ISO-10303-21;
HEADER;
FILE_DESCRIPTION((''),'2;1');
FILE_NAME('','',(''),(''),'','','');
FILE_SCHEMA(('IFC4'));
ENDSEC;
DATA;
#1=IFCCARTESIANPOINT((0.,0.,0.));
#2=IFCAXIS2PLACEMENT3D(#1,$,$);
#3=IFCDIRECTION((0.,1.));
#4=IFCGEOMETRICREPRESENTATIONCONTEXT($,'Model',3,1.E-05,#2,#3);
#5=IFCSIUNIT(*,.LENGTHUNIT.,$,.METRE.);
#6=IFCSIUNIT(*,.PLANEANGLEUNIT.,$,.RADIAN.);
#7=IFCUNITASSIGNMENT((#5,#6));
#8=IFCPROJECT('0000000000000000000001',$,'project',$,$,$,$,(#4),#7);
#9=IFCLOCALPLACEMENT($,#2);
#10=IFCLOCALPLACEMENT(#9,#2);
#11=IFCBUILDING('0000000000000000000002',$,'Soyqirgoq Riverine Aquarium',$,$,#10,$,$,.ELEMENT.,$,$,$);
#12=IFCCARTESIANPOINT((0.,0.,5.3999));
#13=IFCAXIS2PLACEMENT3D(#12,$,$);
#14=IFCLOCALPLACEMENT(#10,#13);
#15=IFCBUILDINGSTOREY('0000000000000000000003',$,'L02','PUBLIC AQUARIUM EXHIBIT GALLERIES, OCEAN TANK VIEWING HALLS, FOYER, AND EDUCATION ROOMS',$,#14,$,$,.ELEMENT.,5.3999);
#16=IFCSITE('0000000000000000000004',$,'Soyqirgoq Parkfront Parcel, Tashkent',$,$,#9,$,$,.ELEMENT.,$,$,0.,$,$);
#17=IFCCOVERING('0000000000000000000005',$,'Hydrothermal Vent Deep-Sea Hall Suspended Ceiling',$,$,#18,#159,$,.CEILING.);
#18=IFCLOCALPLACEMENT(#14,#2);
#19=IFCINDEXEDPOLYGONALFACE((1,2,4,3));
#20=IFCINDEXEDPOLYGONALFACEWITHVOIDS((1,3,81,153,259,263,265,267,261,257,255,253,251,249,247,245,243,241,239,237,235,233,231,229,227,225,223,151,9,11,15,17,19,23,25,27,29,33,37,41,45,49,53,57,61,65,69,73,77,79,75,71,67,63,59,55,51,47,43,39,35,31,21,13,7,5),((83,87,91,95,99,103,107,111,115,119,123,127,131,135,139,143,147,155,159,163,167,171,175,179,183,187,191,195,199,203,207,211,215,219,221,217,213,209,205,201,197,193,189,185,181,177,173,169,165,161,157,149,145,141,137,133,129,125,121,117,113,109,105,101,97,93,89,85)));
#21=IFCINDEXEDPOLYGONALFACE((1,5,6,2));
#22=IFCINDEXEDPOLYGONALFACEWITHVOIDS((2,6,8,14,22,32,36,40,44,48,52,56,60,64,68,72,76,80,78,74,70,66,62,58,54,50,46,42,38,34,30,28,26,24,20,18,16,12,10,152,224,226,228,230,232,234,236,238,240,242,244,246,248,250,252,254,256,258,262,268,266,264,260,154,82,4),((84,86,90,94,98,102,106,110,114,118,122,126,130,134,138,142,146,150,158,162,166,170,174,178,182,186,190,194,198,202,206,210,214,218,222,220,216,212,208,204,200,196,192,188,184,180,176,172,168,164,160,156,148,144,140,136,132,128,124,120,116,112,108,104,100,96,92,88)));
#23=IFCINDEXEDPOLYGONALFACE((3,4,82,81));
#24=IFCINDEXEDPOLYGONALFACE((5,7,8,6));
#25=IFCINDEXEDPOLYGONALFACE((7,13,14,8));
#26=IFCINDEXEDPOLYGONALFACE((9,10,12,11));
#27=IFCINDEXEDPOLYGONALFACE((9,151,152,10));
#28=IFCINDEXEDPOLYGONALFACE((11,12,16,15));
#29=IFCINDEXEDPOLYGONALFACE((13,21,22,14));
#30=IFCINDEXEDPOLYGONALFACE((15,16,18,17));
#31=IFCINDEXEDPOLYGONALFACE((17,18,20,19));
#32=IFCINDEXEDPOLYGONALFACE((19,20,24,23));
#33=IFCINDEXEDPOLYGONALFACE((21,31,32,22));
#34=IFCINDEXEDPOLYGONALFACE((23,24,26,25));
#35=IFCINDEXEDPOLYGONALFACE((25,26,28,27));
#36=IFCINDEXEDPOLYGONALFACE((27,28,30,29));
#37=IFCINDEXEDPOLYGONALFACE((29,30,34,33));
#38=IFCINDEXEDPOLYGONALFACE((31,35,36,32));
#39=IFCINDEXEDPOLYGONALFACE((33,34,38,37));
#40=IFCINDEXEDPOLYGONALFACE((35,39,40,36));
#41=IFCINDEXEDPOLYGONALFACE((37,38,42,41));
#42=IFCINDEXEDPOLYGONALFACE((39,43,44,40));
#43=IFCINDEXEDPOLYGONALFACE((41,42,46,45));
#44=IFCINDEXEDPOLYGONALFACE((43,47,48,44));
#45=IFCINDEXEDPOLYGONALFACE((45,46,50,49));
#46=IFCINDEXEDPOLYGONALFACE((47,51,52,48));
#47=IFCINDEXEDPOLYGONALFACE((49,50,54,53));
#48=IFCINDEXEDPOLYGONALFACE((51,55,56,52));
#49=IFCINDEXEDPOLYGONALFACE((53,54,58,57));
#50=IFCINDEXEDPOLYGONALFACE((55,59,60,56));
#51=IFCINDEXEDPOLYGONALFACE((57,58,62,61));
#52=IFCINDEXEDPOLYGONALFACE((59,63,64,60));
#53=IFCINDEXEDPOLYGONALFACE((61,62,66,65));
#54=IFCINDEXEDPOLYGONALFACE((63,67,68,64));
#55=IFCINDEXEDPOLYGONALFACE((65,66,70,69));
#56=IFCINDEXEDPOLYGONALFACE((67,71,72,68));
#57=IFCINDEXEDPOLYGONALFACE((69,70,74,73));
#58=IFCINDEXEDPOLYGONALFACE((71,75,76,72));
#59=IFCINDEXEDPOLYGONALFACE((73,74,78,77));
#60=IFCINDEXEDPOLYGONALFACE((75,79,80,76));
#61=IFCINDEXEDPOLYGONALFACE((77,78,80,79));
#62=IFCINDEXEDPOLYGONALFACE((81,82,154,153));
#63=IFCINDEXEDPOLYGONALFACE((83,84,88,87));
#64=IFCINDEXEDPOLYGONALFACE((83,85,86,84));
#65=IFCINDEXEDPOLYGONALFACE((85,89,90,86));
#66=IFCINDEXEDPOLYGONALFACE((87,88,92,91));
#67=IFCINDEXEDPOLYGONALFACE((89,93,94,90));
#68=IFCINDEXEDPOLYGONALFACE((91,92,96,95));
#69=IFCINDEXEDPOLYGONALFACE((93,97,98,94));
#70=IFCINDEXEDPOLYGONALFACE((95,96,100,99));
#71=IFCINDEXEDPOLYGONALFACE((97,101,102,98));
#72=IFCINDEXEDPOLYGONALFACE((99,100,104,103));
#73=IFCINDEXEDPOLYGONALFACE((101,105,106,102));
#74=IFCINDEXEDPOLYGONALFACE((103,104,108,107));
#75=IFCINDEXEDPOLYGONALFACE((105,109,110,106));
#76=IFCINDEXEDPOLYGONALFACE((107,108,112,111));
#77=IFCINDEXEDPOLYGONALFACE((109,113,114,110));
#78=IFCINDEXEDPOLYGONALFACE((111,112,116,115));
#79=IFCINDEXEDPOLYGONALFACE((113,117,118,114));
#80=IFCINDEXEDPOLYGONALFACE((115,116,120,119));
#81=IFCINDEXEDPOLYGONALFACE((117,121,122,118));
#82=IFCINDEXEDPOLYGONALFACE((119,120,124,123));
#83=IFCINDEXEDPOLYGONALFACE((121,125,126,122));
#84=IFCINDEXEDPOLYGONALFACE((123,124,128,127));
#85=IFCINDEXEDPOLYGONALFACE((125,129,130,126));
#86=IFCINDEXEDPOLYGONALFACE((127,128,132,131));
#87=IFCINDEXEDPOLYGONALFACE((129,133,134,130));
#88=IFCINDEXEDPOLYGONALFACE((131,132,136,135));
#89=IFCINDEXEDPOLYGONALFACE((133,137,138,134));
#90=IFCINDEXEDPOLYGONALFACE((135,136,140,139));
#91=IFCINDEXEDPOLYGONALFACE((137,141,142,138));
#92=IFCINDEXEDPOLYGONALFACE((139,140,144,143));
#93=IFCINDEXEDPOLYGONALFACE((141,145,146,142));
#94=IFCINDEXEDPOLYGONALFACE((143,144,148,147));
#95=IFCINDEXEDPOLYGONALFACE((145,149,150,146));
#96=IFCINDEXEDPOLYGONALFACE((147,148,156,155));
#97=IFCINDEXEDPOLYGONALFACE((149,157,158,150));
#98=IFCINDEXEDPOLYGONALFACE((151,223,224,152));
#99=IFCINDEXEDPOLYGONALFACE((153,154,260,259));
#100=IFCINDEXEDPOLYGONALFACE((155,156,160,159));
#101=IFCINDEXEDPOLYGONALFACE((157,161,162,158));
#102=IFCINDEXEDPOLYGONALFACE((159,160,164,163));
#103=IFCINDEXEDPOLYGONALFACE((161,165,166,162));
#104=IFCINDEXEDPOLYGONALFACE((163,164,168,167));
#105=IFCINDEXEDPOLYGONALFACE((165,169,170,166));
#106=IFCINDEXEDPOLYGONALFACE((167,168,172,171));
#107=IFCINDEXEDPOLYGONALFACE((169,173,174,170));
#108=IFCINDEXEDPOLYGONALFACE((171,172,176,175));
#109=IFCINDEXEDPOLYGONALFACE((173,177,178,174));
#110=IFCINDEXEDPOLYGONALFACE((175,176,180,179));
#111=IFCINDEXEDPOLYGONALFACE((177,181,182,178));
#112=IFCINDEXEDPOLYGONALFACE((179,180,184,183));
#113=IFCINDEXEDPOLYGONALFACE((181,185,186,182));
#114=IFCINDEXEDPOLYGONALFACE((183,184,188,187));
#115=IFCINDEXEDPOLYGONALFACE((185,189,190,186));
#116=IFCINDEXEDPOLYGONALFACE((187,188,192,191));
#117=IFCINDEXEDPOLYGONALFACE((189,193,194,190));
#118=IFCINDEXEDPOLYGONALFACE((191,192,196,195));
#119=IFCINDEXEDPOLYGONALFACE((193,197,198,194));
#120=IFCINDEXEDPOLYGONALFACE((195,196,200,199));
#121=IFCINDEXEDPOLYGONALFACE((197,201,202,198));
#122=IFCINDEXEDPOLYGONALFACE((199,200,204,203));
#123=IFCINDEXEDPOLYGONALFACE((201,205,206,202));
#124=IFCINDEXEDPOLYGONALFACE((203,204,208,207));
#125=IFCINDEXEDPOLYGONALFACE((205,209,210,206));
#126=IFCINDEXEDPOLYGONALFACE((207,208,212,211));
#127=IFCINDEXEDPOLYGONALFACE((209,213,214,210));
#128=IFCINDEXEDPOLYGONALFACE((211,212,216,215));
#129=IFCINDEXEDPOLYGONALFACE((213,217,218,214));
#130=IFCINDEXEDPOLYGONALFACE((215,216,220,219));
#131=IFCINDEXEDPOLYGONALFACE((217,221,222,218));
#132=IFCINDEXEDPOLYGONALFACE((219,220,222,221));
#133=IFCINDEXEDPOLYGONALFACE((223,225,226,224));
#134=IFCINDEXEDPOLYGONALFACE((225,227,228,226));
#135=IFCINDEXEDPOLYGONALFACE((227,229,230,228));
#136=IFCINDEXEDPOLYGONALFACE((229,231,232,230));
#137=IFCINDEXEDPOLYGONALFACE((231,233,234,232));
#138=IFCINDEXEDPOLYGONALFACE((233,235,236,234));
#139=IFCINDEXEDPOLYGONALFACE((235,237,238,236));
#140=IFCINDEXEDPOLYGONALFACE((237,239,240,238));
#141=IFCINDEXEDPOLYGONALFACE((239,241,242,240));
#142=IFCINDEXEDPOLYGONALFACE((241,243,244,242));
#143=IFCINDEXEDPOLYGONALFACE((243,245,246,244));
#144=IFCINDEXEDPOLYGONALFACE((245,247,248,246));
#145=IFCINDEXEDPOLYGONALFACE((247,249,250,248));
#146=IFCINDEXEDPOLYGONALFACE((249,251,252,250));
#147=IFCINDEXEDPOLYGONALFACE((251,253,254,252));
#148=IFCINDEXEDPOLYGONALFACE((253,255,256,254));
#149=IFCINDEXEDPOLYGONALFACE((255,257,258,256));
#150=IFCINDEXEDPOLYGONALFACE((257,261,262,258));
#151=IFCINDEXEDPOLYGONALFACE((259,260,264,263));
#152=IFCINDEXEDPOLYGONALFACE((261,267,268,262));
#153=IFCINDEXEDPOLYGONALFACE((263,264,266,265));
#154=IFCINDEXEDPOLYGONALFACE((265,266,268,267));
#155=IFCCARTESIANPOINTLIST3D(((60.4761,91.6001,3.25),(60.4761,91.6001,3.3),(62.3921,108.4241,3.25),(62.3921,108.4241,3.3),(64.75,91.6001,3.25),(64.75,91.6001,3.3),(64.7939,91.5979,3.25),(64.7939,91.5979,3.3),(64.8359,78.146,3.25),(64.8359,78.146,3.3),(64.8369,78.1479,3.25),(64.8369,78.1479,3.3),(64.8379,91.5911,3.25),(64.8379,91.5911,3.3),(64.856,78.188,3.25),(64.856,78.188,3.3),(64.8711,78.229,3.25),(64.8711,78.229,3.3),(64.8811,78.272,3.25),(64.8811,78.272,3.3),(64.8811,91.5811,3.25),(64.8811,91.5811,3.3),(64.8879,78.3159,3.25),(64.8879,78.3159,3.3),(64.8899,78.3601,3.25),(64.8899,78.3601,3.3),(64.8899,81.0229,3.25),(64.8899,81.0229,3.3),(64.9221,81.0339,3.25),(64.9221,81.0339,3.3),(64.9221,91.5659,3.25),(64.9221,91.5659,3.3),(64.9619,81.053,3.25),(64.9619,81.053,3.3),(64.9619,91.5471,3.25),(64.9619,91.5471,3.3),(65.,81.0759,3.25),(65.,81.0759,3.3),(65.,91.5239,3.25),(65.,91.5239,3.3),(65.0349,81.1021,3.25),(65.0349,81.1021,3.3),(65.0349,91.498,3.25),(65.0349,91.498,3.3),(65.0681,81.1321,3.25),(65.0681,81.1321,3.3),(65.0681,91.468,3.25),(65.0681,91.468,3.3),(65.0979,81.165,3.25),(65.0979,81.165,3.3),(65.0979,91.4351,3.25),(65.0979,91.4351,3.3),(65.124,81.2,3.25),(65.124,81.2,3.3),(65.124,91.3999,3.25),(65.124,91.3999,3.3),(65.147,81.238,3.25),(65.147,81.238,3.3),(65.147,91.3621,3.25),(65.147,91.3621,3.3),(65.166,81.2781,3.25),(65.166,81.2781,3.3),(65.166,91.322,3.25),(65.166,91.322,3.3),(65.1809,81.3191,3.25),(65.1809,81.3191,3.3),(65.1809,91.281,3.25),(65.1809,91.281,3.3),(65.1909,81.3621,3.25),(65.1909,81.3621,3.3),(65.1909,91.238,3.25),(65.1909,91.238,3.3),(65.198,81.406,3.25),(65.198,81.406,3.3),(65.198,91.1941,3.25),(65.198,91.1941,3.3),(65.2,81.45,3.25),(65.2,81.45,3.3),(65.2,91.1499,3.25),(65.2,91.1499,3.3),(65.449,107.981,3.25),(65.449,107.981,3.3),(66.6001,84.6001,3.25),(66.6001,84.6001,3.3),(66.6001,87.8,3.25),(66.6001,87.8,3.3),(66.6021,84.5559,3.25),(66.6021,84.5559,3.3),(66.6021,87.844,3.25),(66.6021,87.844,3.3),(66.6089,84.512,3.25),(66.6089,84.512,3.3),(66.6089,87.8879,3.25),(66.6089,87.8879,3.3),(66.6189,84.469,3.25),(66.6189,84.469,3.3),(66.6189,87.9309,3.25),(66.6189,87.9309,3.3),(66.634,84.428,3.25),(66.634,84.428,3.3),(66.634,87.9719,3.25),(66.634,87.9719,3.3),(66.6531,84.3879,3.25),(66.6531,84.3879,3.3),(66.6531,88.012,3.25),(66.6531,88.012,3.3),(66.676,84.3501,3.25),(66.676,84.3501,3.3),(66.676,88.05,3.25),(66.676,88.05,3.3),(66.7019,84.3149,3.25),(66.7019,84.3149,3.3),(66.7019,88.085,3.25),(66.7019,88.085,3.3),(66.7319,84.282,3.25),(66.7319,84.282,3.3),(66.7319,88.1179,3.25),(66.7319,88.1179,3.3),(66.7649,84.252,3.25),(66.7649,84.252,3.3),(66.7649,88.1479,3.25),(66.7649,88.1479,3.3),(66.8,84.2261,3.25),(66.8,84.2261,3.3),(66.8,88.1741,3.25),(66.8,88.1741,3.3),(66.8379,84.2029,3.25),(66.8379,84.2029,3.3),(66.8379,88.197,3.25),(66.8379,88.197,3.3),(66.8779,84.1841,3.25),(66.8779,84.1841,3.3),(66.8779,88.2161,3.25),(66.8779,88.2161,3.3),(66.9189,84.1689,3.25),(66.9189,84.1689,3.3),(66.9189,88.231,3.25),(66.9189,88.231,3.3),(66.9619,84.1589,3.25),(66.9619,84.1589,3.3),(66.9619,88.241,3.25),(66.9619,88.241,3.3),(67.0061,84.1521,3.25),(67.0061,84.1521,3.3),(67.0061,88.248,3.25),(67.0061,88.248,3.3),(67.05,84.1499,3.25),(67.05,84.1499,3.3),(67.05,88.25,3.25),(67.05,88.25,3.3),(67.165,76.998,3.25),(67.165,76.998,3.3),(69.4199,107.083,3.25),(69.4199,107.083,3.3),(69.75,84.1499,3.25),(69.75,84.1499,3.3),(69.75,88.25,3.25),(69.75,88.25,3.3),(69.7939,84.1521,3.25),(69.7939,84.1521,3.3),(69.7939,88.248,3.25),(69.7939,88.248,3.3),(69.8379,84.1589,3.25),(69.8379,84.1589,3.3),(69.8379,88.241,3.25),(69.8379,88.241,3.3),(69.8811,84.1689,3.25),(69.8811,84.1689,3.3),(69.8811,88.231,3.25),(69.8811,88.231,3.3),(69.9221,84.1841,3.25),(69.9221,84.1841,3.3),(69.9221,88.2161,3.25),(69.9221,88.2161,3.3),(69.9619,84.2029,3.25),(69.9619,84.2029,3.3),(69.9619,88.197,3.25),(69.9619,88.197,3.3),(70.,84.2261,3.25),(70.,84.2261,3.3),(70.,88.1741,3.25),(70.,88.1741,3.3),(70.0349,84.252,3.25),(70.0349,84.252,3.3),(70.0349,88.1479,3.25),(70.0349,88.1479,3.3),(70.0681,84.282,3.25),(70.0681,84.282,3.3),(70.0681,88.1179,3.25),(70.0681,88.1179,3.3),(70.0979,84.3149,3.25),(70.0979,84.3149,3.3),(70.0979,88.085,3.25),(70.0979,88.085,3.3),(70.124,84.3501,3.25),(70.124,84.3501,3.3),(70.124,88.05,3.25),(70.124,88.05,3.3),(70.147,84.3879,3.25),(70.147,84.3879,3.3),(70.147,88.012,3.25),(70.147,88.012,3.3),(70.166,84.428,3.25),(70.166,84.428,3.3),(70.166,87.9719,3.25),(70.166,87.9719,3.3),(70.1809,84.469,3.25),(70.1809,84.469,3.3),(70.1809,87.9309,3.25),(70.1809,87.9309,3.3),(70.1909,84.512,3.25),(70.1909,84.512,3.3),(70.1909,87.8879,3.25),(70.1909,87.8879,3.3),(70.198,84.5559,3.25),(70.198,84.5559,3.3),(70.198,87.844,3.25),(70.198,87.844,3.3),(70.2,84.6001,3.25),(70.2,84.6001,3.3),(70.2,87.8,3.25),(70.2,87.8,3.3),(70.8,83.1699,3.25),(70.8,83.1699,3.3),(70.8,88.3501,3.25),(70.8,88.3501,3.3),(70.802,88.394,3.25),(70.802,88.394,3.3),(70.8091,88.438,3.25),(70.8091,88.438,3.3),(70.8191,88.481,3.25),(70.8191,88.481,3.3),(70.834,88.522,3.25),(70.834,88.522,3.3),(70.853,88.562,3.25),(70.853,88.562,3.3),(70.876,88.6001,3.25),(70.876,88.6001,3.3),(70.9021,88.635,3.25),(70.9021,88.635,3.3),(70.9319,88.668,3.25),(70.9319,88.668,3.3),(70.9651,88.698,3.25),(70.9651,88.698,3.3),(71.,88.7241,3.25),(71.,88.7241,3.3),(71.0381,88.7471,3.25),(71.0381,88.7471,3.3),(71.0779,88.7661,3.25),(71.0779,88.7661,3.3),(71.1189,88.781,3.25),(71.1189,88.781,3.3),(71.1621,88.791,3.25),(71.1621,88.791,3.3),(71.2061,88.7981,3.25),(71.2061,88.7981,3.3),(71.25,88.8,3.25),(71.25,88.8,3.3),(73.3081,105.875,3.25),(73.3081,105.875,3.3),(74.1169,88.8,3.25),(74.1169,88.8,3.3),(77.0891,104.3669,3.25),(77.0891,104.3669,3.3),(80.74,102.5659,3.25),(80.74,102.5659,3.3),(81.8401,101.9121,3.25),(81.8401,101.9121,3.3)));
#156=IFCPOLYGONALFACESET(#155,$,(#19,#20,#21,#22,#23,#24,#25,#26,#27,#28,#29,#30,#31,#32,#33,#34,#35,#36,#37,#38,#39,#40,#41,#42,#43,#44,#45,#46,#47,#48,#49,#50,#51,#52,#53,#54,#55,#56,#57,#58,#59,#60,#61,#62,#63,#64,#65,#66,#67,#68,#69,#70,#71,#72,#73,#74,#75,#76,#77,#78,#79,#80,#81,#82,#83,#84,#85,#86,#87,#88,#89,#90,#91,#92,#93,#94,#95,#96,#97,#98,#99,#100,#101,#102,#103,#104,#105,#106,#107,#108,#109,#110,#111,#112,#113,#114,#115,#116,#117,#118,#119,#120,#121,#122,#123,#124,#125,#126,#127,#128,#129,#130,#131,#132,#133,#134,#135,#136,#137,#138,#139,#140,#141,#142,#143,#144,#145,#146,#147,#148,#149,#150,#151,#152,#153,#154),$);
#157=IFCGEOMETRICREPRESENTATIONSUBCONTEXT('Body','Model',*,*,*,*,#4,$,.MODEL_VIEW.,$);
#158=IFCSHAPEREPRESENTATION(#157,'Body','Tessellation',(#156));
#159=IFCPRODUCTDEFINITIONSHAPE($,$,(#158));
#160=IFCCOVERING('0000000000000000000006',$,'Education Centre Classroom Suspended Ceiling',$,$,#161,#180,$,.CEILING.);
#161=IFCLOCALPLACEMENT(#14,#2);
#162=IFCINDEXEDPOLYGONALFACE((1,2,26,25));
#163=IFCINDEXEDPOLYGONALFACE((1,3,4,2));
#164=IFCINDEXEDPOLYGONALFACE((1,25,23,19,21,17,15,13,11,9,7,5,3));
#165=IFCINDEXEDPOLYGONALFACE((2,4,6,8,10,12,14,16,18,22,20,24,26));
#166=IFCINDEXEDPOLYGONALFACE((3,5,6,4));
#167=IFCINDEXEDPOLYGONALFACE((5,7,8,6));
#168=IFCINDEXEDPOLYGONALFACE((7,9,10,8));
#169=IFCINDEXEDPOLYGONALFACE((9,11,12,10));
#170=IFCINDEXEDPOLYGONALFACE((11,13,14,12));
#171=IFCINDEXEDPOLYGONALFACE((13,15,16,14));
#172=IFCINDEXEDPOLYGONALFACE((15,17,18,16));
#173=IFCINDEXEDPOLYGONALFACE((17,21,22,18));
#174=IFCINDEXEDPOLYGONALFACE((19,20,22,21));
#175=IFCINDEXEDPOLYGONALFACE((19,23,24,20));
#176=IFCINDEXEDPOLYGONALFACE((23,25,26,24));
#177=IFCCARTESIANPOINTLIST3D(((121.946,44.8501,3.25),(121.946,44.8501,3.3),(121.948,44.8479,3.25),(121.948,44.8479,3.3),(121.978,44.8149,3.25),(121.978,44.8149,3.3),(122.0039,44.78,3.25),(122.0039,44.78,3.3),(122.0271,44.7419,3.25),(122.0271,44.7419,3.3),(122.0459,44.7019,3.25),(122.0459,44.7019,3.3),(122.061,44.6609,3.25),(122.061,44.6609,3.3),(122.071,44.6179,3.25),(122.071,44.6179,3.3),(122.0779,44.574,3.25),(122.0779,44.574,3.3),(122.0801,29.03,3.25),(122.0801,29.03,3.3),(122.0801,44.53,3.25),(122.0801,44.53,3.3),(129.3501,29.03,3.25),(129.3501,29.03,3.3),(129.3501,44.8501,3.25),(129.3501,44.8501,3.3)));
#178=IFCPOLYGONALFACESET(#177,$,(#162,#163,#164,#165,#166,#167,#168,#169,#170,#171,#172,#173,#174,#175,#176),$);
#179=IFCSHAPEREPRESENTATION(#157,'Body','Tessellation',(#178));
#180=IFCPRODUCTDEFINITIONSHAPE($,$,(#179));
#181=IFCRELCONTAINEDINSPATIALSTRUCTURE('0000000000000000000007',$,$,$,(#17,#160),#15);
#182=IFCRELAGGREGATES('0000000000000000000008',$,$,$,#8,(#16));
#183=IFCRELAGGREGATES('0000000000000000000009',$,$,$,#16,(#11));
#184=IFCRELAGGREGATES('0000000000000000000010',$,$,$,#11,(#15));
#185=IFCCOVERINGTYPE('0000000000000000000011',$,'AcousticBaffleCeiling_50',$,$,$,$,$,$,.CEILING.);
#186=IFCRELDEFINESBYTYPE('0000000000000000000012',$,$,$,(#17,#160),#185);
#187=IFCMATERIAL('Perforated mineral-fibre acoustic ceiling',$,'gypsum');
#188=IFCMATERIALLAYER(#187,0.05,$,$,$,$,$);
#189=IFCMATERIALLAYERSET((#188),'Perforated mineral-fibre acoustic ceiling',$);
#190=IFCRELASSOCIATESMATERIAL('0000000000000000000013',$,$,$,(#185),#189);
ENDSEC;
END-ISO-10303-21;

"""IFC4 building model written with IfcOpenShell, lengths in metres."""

from ifc_helpers import new_model, si_unit, direction, frame, origin, place, context, subcontext, project, spatial, polyline, outline, extrude, material, layer, layer_set, type_object, element, save


model = new_model("IFC4")

# Units and contexts
model_context = context("Model", 3, precision=1e-05, world=origin(), true_north=direction((0.0, 1.0)))
body_context = subcontext(model_context, "Body", "Model", "MODEL_VIEW")
ifc_project = project(units=[si_unit("LENGTHUNIT", "METRE"), si_unit("PLANEANGLEUNIT", "RADIAN")], contexts=[model_context])

# Site, building, storey
site_placement = place(None, origin())
site = spatial("IfcSite", under=ifc_project, at=site_placement, Name="Soyqirgoq Parkfront Parcel, Tashkent", CompositionType="ELEMENT", RefElevation=0.0)
building_placement = place(site_placement, origin())
building = spatial("IfcBuilding", under=site, at=building_placement, Name="Soyqirgoq Riverine Aquarium", CompositionType="ELEMENT")
storey_placement = place(building_placement, frame((0.0, 0.0, 5.3999)))
storey = spatial("IfcBuildingStorey", under=building, at=storey_placement, Name="L02", Description="PUBLIC AQUARIUM EXHIBIT GALLERIES, OCEAN TANK VIEWING HALLS, FOYER, AND EDUCATION ROOMS", CompositionType="ELEMENT", Elevation=5.3999)

# Coverings
ifc_material_1 = material(Name="Perforated mineral-fibre acoustic ceiling", Category="gypsum")
ifc_layer_1 = layer(ifc_material_1, 0.05)
ifc_layer_set_1 = layer_set([ifc_layer_1], Name="Perforated mineral-fibre acoustic ceiling")
covering_type_1 = type_object("IfcCoveringType", Name="AcousticBaffleCeiling_50", PredefinedType="CEILING", material=ifc_layer_set_1)
covering_1_placement = place(storey_placement, frame((0.0, 0.0, 3.25)))
element("IfcCovering", 1, at=covering_1_placement, inside=storey, type_object=covering_type_1, Name="Hydrothermal Vent Deep-Sea Hall Suspended Ceiling", PredefinedType="CEILING", context=body_context, shape_type="SweptSolid", body=[
    extrude(outline(polyline([(62.3921, 108.4241), (65.449, 107.981), (69.4199, 107.083), (73.3081, 105.875), (77.0891, 104.3669), (80.74, 102.5659), (81.8401, 101.9121), (74.1169, 88.8), (71.25, 88.8), (71.2061, 88.7981), (71.1621, 88.791), (71.1189, 88.781), (71.0779, 88.7661), (71.0381, 88.7471), (71.0, 88.7241), (70.9651, 88.698), (70.9319, 88.668), (70.9021, 88.635), (70.876, 88.6001), (70.853, 88.562), (70.834, 88.522), (70.8191, 88.481), (70.8091, 88.438), (70.802, 88.394), (70.8, 88.3501), (70.8, 83.1699), (67.165, 76.998), (64.8359, 78.146), (64.8369, 78.1479), (64.856, 78.188), (64.8711, 78.229), (64.8811, 78.272), (64.8879, 78.3159), (64.8899, 78.3601), (64.8899, 81.0229), (64.9221, 81.0339), (64.9619, 81.053), (65.0, 81.0759), (65.0349, 81.1021), (65.0681, 81.1321), (65.0979, 81.165), (65.124, 81.2), (65.147, 81.238), (65.166, 81.2781), (65.1809, 81.3191), (65.1909, 81.3621), (65.198, 81.406), (65.2, 81.45), (65.2, 91.1499), (65.198, 91.1941), (65.1909, 91.238), (65.1809, 91.281), (65.166, 91.322), (65.147, 91.3621), (65.124, 91.3999), (65.0979, 91.4351), (65.0681, 91.468), (65.0349, 91.498), (65.0, 91.5239), (64.9619, 91.5471), (64.9221, 91.5659), (64.8811, 91.5811), (64.8379, 91.5911), (64.7939, 91.5979), (64.75, 91.6001), (60.4761, 91.6001), (62.3921, 108.4241)]), holes=[polyline([(66.6001, 87.8), (66.6021, 87.844), (66.6089, 87.8879), (66.6189, 87.9309), (66.634, 87.9719), (66.6531, 88.012), (66.676, 88.05), (66.7019, 88.085), (66.7319, 88.1179), (66.7649, 88.1479), (66.8, 88.1741), (66.8379, 88.197), (66.8779, 88.2161), (66.9189, 88.231), (66.9619, 88.241), (67.0061, 88.248), (67.05, 88.25), (69.75, 88.25), (69.7939, 88.248), (69.8379, 88.241), (69.8811, 88.231), (69.9221, 88.2161), (69.9619, 88.197), (70.0, 88.1741), (70.0349, 88.1479), (70.0681, 88.1179), (70.0979, 88.085), (70.124, 88.05), (70.147, 88.012), (70.166, 87.9719), (70.1809, 87.9309), (70.1909, 87.8879), (70.198, 87.844), (70.2, 87.8), (70.2, 84.6001), (70.198, 84.5559), (70.1909, 84.512), (70.1809, 84.469), (70.166, 84.428), (70.147, 84.3879), (70.124, 84.3501), (70.0979, 84.3149), (70.0681, 84.282), (70.0349, 84.252), (70.0, 84.2261), (69.9619, 84.2029), (69.9221, 84.1841), (69.8811, 84.1689), (69.8379, 84.1589), (69.7939, 84.1521), (69.75, 84.1499), (67.05, 84.1499), (67.0061, 84.1521), (66.9619, 84.1589), (66.9189, 84.1689), (66.8779, 84.1841), (66.8379, 84.2029), (66.8, 84.2261), (66.7649, 84.252), (66.7319, 84.282), (66.7019, 84.3149), (66.676, 84.3501), (66.6531, 84.3879), (66.634, 84.428), (66.6189, 84.469), (66.6089, 84.512), (66.6021, 84.5559), (66.6001, 84.6001), (66.6001, 87.8)])]), origin(), (0.0, 0.0, 1.0), 0.05),
])
covering_2_placement = place(storey_placement, frame((0.0, 0.0, 3.25)))
element("IfcCovering", 2, at=covering_2_placement, inside=storey, type_object=covering_type_1, Name="Education Centre Classroom Suspended Ceiling", PredefinedType="CEILING", context=body_context, shape_type="SweptSolid", body=[
    extrude(outline(polyline([(129.3501, 44.8501), (129.3501, 29.03), (122.0801, 29.03), (122.0801, 44.53), (122.0779, 44.574), (122.071, 44.6179), (122.061, 44.6609), (122.0459, 44.7019), (122.0271, 44.7419), (122.0039, 44.78), (121.978, 44.8149), (121.948, 44.8479), (121.946, 44.8501), (129.3501, 44.8501)])), origin(), (0.0, 0.0, 1.0), 0.05),
])

save(model, "model.ifc")
